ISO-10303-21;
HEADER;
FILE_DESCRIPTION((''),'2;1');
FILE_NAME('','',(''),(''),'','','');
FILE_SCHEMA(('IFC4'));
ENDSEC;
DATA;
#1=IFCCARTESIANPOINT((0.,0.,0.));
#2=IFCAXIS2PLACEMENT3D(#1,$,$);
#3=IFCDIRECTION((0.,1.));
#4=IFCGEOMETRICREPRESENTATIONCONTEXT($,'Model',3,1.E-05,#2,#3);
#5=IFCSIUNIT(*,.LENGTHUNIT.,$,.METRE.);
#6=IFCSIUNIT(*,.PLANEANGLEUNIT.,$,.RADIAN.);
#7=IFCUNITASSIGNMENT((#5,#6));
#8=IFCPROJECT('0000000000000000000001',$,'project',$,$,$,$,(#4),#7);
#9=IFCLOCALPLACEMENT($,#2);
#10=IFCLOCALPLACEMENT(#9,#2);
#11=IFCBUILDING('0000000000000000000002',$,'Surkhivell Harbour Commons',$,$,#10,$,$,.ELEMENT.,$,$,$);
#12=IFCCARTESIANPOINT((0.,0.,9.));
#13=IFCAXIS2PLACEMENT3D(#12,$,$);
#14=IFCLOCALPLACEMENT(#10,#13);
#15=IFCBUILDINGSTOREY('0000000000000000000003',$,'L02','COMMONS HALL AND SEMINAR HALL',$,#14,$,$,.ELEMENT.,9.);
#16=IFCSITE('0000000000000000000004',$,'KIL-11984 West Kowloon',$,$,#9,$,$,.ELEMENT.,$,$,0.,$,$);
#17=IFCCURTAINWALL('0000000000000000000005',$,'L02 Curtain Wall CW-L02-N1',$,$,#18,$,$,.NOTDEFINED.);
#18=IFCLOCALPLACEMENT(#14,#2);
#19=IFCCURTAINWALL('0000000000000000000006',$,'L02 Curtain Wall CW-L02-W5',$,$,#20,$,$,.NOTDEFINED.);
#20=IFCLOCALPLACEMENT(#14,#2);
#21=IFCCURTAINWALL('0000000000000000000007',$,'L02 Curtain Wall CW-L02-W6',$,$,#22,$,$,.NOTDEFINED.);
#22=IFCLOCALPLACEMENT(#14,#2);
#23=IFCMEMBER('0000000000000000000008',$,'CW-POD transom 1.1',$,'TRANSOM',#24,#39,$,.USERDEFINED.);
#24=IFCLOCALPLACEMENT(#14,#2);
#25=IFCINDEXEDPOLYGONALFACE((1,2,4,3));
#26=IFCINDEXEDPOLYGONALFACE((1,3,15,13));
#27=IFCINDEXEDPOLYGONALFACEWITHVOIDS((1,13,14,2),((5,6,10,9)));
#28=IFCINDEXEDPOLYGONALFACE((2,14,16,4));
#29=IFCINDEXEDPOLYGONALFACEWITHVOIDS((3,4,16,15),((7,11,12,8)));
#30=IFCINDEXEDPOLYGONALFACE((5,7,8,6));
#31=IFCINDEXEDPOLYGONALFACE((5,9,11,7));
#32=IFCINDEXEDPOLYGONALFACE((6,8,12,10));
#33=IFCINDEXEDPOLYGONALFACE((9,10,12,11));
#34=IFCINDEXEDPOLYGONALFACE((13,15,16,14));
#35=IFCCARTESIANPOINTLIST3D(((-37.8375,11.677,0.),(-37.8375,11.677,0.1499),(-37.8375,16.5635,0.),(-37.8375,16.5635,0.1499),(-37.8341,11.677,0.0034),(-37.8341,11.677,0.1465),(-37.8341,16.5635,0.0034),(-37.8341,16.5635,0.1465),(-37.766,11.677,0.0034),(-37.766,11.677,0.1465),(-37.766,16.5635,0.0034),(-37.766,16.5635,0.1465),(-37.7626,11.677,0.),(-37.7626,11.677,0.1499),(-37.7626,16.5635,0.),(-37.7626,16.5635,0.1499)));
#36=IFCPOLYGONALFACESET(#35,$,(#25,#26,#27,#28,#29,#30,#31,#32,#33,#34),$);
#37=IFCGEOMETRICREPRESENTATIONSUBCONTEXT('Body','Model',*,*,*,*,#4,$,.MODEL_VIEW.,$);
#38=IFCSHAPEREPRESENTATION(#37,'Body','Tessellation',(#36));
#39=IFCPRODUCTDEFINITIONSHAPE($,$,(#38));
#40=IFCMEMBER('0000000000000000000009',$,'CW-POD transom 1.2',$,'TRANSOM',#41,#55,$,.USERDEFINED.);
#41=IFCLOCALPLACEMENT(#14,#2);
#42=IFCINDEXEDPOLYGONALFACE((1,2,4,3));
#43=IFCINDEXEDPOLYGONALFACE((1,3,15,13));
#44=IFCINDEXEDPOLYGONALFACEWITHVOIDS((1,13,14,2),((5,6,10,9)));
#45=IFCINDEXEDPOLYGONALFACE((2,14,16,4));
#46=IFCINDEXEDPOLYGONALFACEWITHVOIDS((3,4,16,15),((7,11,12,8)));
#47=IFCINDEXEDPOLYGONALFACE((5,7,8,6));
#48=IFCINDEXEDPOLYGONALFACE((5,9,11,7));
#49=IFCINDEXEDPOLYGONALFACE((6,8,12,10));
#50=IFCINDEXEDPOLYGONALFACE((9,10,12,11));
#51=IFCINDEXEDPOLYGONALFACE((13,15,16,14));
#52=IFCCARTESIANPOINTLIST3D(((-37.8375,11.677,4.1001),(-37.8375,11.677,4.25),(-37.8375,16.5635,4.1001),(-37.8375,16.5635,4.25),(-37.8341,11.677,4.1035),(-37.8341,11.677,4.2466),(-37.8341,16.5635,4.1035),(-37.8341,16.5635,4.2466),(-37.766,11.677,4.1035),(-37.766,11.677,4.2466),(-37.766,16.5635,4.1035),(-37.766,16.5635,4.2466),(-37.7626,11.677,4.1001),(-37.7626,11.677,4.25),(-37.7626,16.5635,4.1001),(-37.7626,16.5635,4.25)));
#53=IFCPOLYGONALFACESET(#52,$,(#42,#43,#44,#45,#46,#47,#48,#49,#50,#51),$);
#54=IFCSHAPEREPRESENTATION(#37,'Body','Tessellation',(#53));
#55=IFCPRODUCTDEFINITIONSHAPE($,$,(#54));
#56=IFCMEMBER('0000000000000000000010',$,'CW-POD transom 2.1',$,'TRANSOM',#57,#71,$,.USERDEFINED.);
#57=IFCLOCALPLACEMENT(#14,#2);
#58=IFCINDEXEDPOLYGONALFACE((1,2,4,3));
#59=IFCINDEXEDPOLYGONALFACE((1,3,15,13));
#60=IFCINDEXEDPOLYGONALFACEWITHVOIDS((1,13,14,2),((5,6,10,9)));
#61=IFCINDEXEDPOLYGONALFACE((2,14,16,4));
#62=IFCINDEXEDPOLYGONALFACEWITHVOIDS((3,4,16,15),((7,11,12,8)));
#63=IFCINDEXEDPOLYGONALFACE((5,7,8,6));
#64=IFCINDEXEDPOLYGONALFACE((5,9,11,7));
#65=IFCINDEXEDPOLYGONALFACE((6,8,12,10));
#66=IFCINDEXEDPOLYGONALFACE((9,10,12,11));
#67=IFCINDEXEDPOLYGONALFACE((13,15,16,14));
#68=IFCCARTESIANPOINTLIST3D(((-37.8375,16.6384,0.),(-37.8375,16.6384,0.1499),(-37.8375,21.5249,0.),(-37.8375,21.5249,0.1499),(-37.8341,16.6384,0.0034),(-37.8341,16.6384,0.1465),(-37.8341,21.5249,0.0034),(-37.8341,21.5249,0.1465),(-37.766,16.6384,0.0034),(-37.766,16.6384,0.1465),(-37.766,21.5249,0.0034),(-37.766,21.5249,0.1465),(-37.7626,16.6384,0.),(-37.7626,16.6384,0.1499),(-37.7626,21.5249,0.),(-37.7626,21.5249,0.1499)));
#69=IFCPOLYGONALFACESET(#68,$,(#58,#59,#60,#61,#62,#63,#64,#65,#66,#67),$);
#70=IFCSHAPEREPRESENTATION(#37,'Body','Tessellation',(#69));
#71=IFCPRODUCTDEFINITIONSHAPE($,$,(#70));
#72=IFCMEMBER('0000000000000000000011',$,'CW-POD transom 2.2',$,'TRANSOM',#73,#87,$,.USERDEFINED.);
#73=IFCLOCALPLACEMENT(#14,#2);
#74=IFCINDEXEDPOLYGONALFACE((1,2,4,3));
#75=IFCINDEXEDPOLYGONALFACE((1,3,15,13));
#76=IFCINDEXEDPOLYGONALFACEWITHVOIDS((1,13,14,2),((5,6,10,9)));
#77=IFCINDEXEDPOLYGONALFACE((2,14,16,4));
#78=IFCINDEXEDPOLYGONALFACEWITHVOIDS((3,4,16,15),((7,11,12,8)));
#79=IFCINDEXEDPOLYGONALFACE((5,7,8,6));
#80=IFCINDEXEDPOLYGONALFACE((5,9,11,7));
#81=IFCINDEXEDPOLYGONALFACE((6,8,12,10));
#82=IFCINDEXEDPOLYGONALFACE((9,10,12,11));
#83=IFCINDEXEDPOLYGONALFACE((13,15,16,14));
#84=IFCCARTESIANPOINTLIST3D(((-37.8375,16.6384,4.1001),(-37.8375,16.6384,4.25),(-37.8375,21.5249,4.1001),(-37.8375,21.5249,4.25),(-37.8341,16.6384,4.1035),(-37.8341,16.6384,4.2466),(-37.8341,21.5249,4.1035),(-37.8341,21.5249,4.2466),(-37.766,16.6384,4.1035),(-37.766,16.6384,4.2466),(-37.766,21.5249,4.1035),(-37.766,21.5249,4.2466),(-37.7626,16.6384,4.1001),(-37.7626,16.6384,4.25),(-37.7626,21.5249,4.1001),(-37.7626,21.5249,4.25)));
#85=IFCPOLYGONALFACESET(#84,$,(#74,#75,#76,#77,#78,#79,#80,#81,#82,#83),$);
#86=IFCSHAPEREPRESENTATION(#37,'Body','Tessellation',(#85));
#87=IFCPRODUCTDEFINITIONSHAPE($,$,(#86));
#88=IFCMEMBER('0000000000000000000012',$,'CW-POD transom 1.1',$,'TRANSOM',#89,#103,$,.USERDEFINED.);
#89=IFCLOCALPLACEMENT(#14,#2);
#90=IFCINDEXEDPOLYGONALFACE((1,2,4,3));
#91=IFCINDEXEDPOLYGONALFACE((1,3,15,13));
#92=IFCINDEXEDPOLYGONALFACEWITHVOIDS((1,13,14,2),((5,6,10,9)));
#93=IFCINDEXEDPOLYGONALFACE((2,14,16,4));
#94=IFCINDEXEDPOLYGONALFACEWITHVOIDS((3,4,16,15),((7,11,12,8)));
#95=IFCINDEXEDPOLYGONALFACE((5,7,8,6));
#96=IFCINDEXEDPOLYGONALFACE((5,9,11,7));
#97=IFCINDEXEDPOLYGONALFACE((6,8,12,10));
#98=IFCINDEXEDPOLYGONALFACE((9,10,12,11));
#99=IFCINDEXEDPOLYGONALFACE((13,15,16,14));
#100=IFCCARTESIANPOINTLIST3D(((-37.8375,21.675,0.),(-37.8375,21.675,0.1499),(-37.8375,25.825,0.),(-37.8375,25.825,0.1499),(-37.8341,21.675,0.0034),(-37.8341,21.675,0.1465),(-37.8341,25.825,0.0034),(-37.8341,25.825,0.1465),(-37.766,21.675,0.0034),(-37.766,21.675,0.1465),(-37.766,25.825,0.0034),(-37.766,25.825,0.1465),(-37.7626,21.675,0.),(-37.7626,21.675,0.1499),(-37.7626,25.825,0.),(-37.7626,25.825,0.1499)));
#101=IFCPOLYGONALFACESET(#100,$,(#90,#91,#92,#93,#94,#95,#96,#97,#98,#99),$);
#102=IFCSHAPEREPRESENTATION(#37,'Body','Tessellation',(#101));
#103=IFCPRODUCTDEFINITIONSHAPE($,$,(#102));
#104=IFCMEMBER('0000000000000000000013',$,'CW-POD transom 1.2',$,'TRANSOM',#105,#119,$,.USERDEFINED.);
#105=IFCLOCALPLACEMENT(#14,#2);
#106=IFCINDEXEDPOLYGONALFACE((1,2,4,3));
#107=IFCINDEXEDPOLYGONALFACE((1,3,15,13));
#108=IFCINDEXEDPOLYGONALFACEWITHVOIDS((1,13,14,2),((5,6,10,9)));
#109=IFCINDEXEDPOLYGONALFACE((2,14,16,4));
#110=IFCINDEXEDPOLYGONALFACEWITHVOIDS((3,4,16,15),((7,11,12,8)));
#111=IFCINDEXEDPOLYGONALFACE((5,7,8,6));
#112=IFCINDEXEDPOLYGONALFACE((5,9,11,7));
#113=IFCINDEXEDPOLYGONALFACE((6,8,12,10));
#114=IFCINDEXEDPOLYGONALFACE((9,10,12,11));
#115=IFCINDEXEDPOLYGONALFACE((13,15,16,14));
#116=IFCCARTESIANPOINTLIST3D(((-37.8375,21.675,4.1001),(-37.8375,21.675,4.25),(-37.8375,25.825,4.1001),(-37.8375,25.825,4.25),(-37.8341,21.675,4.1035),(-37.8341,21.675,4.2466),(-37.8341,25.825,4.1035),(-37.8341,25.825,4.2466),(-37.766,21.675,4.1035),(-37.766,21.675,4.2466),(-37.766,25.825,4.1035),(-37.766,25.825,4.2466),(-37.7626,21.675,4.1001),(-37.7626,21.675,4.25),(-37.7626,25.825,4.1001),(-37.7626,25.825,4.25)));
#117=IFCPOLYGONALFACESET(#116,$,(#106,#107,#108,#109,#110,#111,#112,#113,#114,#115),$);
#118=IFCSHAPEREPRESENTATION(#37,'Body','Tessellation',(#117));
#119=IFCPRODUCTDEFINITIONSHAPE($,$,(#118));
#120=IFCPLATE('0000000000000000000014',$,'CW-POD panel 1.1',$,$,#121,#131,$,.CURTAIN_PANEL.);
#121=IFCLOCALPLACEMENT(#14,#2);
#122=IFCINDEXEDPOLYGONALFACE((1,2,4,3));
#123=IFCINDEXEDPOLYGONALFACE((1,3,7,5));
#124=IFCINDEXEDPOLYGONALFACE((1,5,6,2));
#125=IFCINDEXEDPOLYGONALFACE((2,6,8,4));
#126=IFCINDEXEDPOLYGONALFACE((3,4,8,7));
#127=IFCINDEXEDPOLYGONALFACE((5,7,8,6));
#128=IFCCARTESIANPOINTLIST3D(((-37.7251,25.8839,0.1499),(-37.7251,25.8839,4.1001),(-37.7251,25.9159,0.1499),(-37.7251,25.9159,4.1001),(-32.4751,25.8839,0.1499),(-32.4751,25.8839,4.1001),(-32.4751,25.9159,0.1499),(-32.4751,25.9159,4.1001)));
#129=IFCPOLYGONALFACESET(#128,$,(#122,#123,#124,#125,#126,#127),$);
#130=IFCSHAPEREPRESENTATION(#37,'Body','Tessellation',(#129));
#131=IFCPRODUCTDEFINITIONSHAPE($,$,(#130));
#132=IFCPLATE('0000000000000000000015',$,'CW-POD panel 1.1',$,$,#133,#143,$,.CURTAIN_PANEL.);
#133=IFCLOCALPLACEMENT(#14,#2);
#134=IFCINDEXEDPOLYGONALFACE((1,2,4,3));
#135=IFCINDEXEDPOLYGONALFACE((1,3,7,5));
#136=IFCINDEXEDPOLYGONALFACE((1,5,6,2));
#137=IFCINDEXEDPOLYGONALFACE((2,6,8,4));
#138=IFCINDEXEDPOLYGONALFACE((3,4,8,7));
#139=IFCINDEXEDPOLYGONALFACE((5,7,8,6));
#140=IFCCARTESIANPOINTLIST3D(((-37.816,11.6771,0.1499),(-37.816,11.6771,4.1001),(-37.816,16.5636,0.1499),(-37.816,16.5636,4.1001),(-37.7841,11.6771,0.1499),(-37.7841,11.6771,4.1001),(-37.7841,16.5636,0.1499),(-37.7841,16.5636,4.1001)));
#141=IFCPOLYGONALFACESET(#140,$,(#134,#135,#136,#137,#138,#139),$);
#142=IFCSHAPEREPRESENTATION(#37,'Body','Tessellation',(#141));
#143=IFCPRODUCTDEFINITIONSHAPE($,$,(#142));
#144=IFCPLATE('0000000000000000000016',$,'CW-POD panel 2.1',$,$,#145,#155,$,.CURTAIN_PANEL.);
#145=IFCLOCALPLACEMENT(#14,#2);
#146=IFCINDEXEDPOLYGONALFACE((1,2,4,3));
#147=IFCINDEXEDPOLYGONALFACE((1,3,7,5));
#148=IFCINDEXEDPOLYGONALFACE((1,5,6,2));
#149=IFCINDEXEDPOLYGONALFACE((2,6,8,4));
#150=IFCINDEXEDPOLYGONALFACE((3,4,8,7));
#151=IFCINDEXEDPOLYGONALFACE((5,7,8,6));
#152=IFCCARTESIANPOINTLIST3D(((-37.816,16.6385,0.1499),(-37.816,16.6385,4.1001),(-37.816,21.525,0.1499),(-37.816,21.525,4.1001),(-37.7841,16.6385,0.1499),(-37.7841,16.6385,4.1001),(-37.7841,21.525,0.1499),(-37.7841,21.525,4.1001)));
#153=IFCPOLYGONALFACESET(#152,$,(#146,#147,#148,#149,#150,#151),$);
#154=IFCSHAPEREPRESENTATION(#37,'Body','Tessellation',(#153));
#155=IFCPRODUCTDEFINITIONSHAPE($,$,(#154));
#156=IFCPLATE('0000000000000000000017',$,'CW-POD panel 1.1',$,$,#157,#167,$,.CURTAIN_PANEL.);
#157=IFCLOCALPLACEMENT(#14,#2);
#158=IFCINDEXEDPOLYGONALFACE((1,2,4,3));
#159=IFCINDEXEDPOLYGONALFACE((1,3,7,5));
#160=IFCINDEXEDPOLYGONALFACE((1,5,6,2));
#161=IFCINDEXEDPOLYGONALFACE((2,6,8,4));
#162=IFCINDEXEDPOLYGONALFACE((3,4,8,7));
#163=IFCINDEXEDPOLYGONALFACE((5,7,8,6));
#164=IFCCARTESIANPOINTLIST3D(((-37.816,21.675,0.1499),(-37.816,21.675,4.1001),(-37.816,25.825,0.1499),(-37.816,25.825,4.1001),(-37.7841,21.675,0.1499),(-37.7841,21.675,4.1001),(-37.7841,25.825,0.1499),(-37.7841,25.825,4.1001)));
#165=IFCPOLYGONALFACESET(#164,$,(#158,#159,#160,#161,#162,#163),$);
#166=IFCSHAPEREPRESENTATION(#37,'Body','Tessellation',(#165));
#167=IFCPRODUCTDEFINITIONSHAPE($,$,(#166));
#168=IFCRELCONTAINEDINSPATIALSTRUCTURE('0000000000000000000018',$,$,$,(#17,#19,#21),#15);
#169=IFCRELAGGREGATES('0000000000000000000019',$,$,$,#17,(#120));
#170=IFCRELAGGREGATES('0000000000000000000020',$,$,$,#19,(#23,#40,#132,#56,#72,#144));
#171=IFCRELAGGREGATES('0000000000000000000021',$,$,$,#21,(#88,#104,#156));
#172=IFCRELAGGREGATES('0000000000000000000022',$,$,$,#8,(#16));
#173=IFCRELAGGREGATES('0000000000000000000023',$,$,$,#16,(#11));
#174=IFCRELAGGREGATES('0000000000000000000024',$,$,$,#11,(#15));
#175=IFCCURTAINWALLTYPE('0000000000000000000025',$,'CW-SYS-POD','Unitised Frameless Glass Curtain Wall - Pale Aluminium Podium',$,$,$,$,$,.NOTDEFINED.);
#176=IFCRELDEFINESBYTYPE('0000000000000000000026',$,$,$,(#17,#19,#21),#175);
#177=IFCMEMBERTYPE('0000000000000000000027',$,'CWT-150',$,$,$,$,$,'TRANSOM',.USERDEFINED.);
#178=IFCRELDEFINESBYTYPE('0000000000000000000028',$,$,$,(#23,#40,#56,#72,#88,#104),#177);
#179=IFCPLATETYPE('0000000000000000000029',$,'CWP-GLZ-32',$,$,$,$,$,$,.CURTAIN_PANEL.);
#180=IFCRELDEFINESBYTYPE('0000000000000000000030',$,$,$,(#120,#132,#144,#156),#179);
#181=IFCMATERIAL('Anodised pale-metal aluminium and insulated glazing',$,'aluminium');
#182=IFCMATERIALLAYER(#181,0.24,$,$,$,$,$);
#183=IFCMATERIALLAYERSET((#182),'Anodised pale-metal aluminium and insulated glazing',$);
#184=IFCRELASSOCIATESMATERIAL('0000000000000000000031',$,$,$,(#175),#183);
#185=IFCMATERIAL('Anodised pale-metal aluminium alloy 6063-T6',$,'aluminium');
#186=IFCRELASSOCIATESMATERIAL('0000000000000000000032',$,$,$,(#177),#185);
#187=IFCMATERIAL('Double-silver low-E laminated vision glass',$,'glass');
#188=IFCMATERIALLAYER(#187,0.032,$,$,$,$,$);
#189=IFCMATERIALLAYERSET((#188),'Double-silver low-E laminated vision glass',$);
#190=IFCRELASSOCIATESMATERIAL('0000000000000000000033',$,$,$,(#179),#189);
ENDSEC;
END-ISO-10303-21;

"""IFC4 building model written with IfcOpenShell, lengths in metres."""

from ifc_helpers import new_model, si_unit, direction, frame, frame_2d, origin, origin_2d, place, context, subcontext, project, spatial, rectangle, hollow_rectangle, extrude, material, layer, layer_set, material_profile, profile_set, type_object, element, aggregate, save


model = new_model("IFC4")

# Units and contexts
model_context = context("Model", 3, precision=1e-05, world=origin(), true_north=direction((0.0, 1.0)))
body_context = subcontext(model_context, "Body", "Model", "MODEL_VIEW")
ifc_project = project(units=[si_unit("LENGTHUNIT", "METRE"), si_unit("PLANEANGLEUNIT", "RADIAN")], contexts=[model_context])

# Site, building, storey
site_placement = place(None, origin())
site = spatial("IfcSite", under=ifc_project, at=site_placement, Name="KIL-11984 West Kowloon", CompositionType="ELEMENT", RefElevation=0.0)
building_placement = place(site_placement, origin())
building = spatial("IfcBuilding", under=site, at=building_placement, Name="Surkhivell Harbour Commons", CompositionType="ELEMENT")
storey_placement = place(building_placement, frame((0.0, 0.0, 9.0)))
storey = spatial("IfcBuildingStorey", under=building, at=storey_placement, Name="L02", Description="COMMONS HALL AND SEMINAR HALL", CompositionType="ELEMENT", Elevation=9.0)

# Curtain walls
ifc_material_1 = material(Name="Anodised pale-metal aluminium and insulated glazing", Category="aluminium")
ifc_layer_1 = layer(ifc_material_1, 0.24)
ifc_layer_set_1 = layer_set([ifc_layer_1], Name="Anodised pale-metal aluminium and insulated glazing")
curtain_wall_type = type_object("IfcCurtainWallType", Name="CW-SYS-POD", Description="Unitised Frameless Glass Curtain Wall - Pale Aluminium Podium", PredefinedType="NOTDEFINED", material=ifc_layer_set_1)
curtain_wall_1_placement = place(storey_placement, origin())
curtain_wall_1 = element("IfcCurtainWall", 1, at=curtain_wall_1_placement, inside=storey, type_object=curtain_wall_type, Name="L02 Curtain Wall CW-L02-N1", PredefinedType="NOTDEFINED")
ifc_material_2 = material(Name="Anodised pale-metal aluminium alloy 6063-T6", Category="aluminium")
curtain_wall_2_placement = place(storey_placement, origin())
curtain_wall_2 = element("IfcCurtainWall", 2, at=curtain_wall_2_placement, inside=storey, type_object=curtain_wall_type, Name="L02 Curtain Wall CW-L02-W5", PredefinedType="NOTDEFINED")
curtain_wall_3_placement = place(storey_placement, origin())
curtain_wall_3 = element("IfcCurtainWall", 3, at=curtain_wall_3_placement, inside=storey, type_object=curtain_wall_type, Name="L02 Curtain Wall CW-L02-W6", PredefinedType="NOTDEFINED")

# Members
ifc_material_profile_1 = material_profile(ifc_material_2, hollow_rectangle(XDim=0.075, YDim=0.1499, WallThickness=0.0034, at=origin_2d()), Name="ALU-TRAN-75x150")
ifc_profile_set_1 = profile_set([ifc_material_profile_1], Name="Anodised pale-metal aluminium alloy 6063-T6")
member_type_1 = type_object("IfcMemberType", Name="CWT-150", ElementType="TRANSOM", PredefinedType="USERDEFINED", material=ifc_profile_set_1)
member_1_placement = place(storey_placement, frame((-37.8, 11.677, 0.075), z_axis=(0.0, 1.0, 0.0), x_axis=(-1.0, 0.0, 0.0)))
member_1 = element("IfcMember", 4, at=member_1_placement, type_object=member_type_1, Name="CW-POD transom 1.1", ObjectType="TRANSOM", PredefinedType="USERDEFINED", context=body_context, shape_type="SweptSolid", body=[
    extrude(hollow_rectangle(XDim=0.075, YDim=0.1499, WallThickness=0.0034, at=origin_2d()), origin(), (0.0, 0.0, 1.0), 4.8865),
])
member_2_placement = place(storey_placement, frame((-37.8, 11.677, 4.175), z_axis=(0.0, 1.0, 0.0), x_axis=(-1.0, 0.0, 0.0)))
member_2 = element("IfcMember", 5, at=member_2_placement, type_object=member_type_1, Name="CW-POD transom 1.2", ObjectType="TRANSOM", PredefinedType="USERDEFINED", context=body_context, shape_type="SweptSolid", body=[
    extrude(hollow_rectangle(XDim=0.075, YDim=0.1499, WallThickness=0.0034, at=origin_2d()), origin(), (0.0, 0.0, 1.0), 4.8865),
])
member_3_placement = place(storey_placement, frame((-37.8, 16.6384, 0.075), z_axis=(0.0, 1.0, 0.0), x_axis=(-1.0, 0.0, 0.0)))
member_3 = element("IfcMember", 6, at=member_3_placement, type_object=member_type_1, Name="CW-POD transom 2.1", ObjectType="TRANSOM", PredefinedType="USERDEFINED", context=body_context, shape_type="SweptSolid", body=[
    extrude(hollow_rectangle(XDim=0.075, YDim=0.1499, WallThickness=0.0034, at=origin_2d()), origin(), (0.0, 0.0, 1.0), 4.8865),
])
member_4_placement = place(storey_placement, frame((-37.8, 16.6384, 4.175), z_axis=(0.0, 1.0, 0.0), x_axis=(-1.0, 0.0, 0.0)))
member_4 = element("IfcMember", 7, at=member_4_placement, type_object=member_type_1, Name="CW-POD transom 2.2", ObjectType="TRANSOM", PredefinedType="USERDEFINED", context=body_context, shape_type="SweptSolid", body=[
    extrude(hollow_rectangle(XDim=0.075, YDim=0.1499, WallThickness=0.0034, at=origin_2d()), origin(), (0.0, 0.0, 1.0), 4.8865),
])
member_5_placement = place(storey_placement, frame((-37.8, 21.675, 0.075), z_axis=(0.0, 1.0, 0.0), x_axis=(-1.0, 0.0, 0.0)))
member_5 = element("IfcMember", 8, at=member_5_placement, type_object=member_type_1, Name="CW-POD transom 1.1", ObjectType="TRANSOM", PredefinedType="USERDEFINED", context=body_context, shape_type="SweptSolid", body=[
    extrude(hollow_rectangle(XDim=0.075, YDim=0.1499, WallThickness=0.0034, at=origin_2d()), origin(), (0.0, 0.0, 1.0), 4.1499),
])
member_6_placement = place(storey_placement, frame((-37.8, 21.675, 4.175), z_axis=(0.0, 1.0, 0.0), x_axis=(-1.0, 0.0, 0.0)))
member_6 = element("IfcMember", 9, at=member_6_placement, type_object=member_type_1, Name="CW-POD transom 1.2", ObjectType="TRANSOM", PredefinedType="USERDEFINED", context=body_context, shape_type="SweptSolid", body=[
    extrude(hollow_rectangle(XDim=0.075, YDim=0.1499, WallThickness=0.0034, at=origin_2d()), origin(), (0.0, 0.0, 1.0), 4.1499),
])

# Plates
ifc_material_3 = material(Name="Double-silver low-E laminated vision glass", Category="glass")
ifc_layer_2 = layer(ifc_material_3, 0.032)
ifc_layer_set_2 = layer_set([ifc_layer_2], Name="Double-silver low-E laminated vision glass")
plate_type = type_object("IfcPlateType", Name="CWP-GLZ-32", PredefinedType="CURTAIN_PANEL", material=ifc_layer_set_2)
plate_1_placement = place(storey_placement, frame((-37.7251, 25.8999, 0.1499), z_axis=(0.0, 0.0, 1.0), x_axis=(1.0, 0.0, 0.0)))
plate_1 = element("IfcPlate", 10, at=plate_1_placement, type_object=plate_type, Name="CW-POD panel 1.1", PredefinedType="CURTAIN_PANEL", context=body_context, shape_type="SweptSolid", body=[
    extrude(rectangle(XDim=5.25, YDim=0.032, at=frame_2d((2.625, 0.0))), origin(), (0.0, 0.0, 1.0), 3.9502),
])
aggregate(curtain_wall_1, [plate_1])
plate_2_placement = place(storey_placement, frame((-37.8, 11.677, 0.1499), z_axis=(0.0, 0.0, 1.0), x_axis=(0.0, 1.0, 0.0)))
plate_2 = element("IfcPlate", 11, at=plate_2_placement, type_object=plate_type, Name="CW-POD panel 1.1", PredefinedType="CURTAIN_PANEL", context=body_context, shape_type="SweptSolid", body=[
    extrude(rectangle(XDim=4.8865, YDim=0.032, at=frame_2d((2.4434, 0.0))), origin(), (0.0, 0.0, 1.0), 3.9502),
])
plate_3_placement = place(storey_placement, frame((-37.8, 16.6384, 0.1499), z_axis=(0.0, 0.0, 1.0), x_axis=(0.0, 1.0, 0.0)))
plate_3 = element("IfcPlate", 12, at=plate_3_placement, type_object=plate_type, Name="CW-POD panel 2.1", PredefinedType="CURTAIN_PANEL", context=body_context, shape_type="SweptSolid", body=[
    extrude(rectangle(XDim=4.8865, YDim=0.032, at=frame_2d((2.4434, 0.0))), origin(), (0.0, 0.0, 1.0), 3.9502),
])
aggregate(curtain_wall_2, [member_1, member_2, plate_2, member_3, member_4, plate_3])
plate_4_placement = place(storey_placement, frame((-37.8, 21.675, 0.1499), z_axis=(0.0, 0.0, 1.0), x_axis=(0.0, 1.0, 0.0)))
plate_4 = element("IfcPlate", 13, at=plate_4_placement, type_object=plate_type, Name="CW-POD panel 1.1", PredefinedType="CURTAIN_PANEL", context=body_context, shape_type="SweptSolid", body=[
    extrude(rectangle(XDim=4.1499, YDim=0.032, at=frame_2d((2.075, 0.0))), origin(), (0.0, 0.0, 1.0), 3.9502),
])
aggregate(curtain_wall_3, [member_5, member_6, plate_4])

save(model, "model.ifc")
